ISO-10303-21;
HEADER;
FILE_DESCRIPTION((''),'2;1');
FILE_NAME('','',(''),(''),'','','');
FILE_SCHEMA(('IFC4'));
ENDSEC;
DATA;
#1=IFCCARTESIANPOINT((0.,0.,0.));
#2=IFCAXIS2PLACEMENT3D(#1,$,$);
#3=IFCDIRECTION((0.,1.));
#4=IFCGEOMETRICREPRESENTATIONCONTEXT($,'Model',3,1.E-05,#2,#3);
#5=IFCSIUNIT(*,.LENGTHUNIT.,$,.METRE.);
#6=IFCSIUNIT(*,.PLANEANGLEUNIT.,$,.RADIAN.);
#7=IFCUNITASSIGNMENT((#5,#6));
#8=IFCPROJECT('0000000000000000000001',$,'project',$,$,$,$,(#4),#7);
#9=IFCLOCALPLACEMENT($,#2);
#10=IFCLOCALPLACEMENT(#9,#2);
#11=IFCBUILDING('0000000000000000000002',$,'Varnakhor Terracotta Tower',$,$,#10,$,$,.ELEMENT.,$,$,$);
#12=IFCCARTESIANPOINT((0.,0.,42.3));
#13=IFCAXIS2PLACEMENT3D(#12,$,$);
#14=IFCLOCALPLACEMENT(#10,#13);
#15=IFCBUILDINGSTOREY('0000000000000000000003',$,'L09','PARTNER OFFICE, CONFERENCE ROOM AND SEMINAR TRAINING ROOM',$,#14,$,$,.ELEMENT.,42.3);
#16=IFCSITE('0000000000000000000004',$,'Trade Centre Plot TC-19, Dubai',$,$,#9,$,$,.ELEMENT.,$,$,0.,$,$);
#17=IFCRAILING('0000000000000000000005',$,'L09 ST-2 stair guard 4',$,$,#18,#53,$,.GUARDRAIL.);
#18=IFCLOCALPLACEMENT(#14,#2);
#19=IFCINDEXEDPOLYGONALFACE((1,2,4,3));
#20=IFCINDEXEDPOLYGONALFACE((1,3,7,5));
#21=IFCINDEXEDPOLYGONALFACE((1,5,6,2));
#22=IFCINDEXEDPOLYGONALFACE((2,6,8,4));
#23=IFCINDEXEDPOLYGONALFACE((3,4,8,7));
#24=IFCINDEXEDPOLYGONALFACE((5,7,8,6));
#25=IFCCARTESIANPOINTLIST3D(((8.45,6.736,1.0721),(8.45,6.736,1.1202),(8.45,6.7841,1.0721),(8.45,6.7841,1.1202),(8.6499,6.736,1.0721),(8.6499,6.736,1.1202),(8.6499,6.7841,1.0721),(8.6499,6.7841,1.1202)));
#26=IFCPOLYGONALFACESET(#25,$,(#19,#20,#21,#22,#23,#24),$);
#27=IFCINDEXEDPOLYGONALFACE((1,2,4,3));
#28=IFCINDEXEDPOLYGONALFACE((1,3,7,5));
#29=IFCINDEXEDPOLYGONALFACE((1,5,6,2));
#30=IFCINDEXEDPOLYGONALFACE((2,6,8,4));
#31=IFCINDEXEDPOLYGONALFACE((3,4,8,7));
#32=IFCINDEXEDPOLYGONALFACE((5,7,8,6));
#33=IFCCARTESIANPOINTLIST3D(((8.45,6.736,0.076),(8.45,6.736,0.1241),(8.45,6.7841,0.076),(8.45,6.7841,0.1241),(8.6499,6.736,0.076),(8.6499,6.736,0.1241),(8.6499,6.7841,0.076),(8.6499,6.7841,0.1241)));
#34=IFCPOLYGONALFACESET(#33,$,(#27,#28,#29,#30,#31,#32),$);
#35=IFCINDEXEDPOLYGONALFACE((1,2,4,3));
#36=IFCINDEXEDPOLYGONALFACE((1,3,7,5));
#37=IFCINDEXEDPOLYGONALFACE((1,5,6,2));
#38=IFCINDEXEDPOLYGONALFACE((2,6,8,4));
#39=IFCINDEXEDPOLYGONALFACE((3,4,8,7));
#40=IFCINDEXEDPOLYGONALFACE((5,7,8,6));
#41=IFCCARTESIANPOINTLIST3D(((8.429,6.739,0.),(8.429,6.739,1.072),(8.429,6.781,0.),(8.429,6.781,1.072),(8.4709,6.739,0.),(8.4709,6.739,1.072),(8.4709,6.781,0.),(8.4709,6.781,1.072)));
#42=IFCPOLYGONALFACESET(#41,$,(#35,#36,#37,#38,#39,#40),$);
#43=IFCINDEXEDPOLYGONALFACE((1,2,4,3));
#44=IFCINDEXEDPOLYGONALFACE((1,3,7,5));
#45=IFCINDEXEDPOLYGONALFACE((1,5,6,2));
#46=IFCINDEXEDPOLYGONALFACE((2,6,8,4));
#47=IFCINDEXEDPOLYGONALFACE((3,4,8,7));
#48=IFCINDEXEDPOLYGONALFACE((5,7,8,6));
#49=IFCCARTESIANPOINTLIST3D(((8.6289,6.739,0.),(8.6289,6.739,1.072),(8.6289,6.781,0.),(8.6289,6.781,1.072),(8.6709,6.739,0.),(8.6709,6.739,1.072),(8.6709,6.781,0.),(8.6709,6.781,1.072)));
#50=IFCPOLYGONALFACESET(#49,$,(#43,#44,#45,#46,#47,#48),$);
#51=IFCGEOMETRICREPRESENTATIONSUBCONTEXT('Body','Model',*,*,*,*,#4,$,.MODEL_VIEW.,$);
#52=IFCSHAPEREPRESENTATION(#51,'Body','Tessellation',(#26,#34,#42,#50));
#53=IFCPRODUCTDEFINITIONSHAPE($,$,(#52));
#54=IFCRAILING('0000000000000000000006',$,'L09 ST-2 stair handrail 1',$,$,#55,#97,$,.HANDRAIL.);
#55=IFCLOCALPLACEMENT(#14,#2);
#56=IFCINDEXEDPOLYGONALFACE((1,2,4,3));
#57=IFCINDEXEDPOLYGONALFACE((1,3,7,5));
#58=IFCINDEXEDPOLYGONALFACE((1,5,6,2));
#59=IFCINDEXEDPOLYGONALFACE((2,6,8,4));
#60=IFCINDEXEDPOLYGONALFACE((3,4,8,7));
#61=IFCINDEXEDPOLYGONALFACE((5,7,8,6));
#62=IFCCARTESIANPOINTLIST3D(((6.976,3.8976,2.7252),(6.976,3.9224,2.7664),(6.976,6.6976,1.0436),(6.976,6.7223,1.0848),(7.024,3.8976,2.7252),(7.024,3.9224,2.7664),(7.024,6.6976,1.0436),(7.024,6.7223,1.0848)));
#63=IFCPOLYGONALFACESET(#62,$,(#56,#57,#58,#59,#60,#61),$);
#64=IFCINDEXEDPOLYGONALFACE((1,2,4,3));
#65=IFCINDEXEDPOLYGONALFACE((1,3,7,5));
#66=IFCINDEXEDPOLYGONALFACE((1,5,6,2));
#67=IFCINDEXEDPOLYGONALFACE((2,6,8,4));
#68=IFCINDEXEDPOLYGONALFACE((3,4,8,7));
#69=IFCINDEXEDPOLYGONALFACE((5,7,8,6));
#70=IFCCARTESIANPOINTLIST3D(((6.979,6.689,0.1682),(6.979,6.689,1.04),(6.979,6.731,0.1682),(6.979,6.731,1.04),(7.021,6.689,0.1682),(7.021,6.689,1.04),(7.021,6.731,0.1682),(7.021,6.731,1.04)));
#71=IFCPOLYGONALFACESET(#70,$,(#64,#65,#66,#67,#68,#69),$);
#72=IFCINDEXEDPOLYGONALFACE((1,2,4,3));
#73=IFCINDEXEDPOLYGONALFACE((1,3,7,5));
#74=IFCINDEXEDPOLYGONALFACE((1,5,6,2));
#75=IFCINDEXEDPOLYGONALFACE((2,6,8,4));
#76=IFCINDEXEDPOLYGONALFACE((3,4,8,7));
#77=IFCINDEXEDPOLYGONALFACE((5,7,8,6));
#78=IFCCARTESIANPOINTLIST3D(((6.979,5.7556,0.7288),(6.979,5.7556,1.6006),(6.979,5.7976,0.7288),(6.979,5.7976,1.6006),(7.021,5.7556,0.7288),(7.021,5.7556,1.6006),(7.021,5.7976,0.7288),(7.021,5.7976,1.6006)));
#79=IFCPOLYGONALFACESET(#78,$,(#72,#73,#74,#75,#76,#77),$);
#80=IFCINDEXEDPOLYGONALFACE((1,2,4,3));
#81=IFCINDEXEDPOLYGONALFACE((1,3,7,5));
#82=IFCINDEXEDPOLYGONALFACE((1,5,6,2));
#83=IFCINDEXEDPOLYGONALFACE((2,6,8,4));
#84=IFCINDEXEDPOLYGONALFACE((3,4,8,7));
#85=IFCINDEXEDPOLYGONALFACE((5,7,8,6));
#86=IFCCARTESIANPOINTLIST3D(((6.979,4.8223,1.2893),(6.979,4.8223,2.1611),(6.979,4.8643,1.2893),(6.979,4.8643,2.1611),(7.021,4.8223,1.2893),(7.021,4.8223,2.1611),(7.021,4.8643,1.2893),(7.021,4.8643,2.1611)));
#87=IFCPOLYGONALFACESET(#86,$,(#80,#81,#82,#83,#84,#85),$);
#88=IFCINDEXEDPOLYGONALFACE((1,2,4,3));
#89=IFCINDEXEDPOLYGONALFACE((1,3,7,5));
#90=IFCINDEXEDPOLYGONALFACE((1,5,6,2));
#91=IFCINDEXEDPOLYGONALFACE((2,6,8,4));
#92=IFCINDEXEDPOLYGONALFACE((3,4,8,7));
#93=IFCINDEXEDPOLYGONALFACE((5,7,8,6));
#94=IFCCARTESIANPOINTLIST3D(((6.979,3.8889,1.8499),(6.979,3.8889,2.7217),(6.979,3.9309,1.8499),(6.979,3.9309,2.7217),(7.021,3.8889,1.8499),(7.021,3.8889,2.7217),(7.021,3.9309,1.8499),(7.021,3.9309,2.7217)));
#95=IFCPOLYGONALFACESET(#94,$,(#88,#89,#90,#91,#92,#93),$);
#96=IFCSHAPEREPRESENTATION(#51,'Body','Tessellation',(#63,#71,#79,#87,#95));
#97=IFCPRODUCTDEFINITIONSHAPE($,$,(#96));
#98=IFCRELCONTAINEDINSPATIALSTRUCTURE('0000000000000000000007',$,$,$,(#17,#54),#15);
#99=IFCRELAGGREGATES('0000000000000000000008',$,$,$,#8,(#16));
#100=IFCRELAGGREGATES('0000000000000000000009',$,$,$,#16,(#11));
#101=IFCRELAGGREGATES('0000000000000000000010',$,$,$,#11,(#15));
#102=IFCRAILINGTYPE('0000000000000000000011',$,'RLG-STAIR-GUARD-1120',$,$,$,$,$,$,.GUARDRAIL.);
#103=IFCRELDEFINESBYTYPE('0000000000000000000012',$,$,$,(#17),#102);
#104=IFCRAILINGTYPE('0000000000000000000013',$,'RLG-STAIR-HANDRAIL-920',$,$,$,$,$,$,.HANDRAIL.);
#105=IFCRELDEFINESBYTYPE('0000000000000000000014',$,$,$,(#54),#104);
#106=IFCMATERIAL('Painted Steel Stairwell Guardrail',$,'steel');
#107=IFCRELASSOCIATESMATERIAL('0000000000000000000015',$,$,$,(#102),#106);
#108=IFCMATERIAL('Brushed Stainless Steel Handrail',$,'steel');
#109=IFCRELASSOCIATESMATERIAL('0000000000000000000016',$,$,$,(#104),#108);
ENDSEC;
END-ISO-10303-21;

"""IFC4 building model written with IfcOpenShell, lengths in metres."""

from ifc_helpers import new_model, si_unit, direction, frame, origin, origin_2d, place, context, subcontext, project, spatial, rectangle, extrude, material, type_object, element, save


model = new_model("IFC4")

# Units and contexts
model_context = context("Model", 3, precision=1e-05, world=origin(), true_north=direction((0.0, 1.0)))
body_context = subcontext(model_context, "Body", "Model", "MODEL_VIEW")
ifc_project = project(units=[si_unit("LENGTHUNIT", "METRE"), si_unit("PLANEANGLEUNIT", "RADIAN")], contexts=[model_context])

# Site, building, storey
site_placement = place(None, origin())
site = spatial("IfcSite", under=ifc_project, at=site_placement, Name="Trade Centre Plot TC-19, Dubai", CompositionType="ELEMENT", RefElevation=0.0)
building_placement = place(site_placement, origin())
building = spatial("IfcBuilding", under=site, at=building_placement, Name="Varnakhor Terracotta Tower", CompositionType="ELEMENT")
storey_placement = place(building_placement, frame((0.0, 0.0, 42.3)))
storey = spatial("IfcBuildingStorey", under=building, at=storey_placement, Name="L09", Description="PARTNER OFFICE, CONFERENCE ROOM AND SEMINAR TRAINING ROOM", CompositionType="ELEMENT", Elevation=42.3)

# Railings
ifc_material_1 = material(Name="Painted Steel Stairwell Guardrail", Category="steel")
railing_type_1 = type_object("IfcRailingType", Name="RLG-STAIR-GUARD-1120", PredefinedType="GUARDRAIL", material=ifc_material_1)
railing_1_placement = place(storey_placement, frame((8.45, 6.76, 0.0)))
element("IfcRailing", 1, at=railing_1_placement, inside=storey, type_object=railing_type_1, Name="L09 ST-2 stair guard 4", PredefinedType="GUARDRAIL", context=body_context, shape_type="SweptSolid", body=[
    extrude(rectangle(XDim=0.0481, YDim=0.0481, at=origin_2d()), frame((0.0, 0.0, 1.0962), z_axis=(1.0, 0.0, 0.0), x_axis=(0.0, 1.0, 0.0)), (0.0, 0.0, 1.0), 0.2),
    extrude(rectangle(XDim=0.0481, YDim=0.0481, at=origin_2d()), frame((0.0, 0.0, 0.1001), z_axis=(1.0, 0.0, 0.0), x_axis=(0.0, 1.0, 0.0)), (0.0, 0.0, 1.0), 0.2),
    extrude(rectangle(XDim=0.042, YDim=0.042, at=origin_2d()), origin(), (0.0, 0.0, 1.0), 1.072),
    extrude(rectangle(XDim=0.042, YDim=0.042, at=origin_2d()), frame((0.2, 0.0, 0.0)), (0.0, 0.0, 1.0), 1.072),
])
ifc_material_2 = material(Name="Brushed Stainless Steel Handrail", Category="steel")
railing_type_2 = type_object("IfcRailingType", Name="RLG-STAIR-HANDRAIL-920", PredefinedType="HANDRAIL", material=ifc_material_2)
railing_2_placement = place(storey_placement, frame((7.0, 6.71, 0.1682)))
element("IfcRailing", 2, at=railing_2_placement, inside=storey, type_object=railing_type_2, Name="L09 ST-2 stair handrail 1", PredefinedType="HANDRAIL", context=body_context, shape_type="SweptSolid", body=[
    extrude(rectangle(XDim=0.0481, YDim=0.0481, at=origin_2d()), frame((0.0, 0.0, 0.896), z_axis=(0.0, -0.857275, 0.514858), x_axis=(1.0, 0.0, 0.0)), (0.0, 0.0, 1.0), 3.2661),
    extrude(rectangle(XDim=0.042, YDim=0.042, at=origin_2d()), origin(), (0.0, 0.0, 1.0), 0.8718),
    extrude(rectangle(XDim=0.042, YDim=0.042, at=origin_2d()), frame((0.0, -0.9333, 0.5605)), (0.0, 0.0, 1.0), 0.8718),
    extrude(rectangle(XDim=0.042, YDim=0.042, at=origin_2d()), frame((0.0, -1.8667, 1.1211)), (0.0, 0.0, 1.0), 0.8718),
    extrude(rectangle(XDim=0.042, YDim=0.042, at=origin_2d()), frame((0.0, -2.8, 1.6816)), (0.0, 0.0, 1.0), 0.8718),
])

save(model, "model.ifc")
